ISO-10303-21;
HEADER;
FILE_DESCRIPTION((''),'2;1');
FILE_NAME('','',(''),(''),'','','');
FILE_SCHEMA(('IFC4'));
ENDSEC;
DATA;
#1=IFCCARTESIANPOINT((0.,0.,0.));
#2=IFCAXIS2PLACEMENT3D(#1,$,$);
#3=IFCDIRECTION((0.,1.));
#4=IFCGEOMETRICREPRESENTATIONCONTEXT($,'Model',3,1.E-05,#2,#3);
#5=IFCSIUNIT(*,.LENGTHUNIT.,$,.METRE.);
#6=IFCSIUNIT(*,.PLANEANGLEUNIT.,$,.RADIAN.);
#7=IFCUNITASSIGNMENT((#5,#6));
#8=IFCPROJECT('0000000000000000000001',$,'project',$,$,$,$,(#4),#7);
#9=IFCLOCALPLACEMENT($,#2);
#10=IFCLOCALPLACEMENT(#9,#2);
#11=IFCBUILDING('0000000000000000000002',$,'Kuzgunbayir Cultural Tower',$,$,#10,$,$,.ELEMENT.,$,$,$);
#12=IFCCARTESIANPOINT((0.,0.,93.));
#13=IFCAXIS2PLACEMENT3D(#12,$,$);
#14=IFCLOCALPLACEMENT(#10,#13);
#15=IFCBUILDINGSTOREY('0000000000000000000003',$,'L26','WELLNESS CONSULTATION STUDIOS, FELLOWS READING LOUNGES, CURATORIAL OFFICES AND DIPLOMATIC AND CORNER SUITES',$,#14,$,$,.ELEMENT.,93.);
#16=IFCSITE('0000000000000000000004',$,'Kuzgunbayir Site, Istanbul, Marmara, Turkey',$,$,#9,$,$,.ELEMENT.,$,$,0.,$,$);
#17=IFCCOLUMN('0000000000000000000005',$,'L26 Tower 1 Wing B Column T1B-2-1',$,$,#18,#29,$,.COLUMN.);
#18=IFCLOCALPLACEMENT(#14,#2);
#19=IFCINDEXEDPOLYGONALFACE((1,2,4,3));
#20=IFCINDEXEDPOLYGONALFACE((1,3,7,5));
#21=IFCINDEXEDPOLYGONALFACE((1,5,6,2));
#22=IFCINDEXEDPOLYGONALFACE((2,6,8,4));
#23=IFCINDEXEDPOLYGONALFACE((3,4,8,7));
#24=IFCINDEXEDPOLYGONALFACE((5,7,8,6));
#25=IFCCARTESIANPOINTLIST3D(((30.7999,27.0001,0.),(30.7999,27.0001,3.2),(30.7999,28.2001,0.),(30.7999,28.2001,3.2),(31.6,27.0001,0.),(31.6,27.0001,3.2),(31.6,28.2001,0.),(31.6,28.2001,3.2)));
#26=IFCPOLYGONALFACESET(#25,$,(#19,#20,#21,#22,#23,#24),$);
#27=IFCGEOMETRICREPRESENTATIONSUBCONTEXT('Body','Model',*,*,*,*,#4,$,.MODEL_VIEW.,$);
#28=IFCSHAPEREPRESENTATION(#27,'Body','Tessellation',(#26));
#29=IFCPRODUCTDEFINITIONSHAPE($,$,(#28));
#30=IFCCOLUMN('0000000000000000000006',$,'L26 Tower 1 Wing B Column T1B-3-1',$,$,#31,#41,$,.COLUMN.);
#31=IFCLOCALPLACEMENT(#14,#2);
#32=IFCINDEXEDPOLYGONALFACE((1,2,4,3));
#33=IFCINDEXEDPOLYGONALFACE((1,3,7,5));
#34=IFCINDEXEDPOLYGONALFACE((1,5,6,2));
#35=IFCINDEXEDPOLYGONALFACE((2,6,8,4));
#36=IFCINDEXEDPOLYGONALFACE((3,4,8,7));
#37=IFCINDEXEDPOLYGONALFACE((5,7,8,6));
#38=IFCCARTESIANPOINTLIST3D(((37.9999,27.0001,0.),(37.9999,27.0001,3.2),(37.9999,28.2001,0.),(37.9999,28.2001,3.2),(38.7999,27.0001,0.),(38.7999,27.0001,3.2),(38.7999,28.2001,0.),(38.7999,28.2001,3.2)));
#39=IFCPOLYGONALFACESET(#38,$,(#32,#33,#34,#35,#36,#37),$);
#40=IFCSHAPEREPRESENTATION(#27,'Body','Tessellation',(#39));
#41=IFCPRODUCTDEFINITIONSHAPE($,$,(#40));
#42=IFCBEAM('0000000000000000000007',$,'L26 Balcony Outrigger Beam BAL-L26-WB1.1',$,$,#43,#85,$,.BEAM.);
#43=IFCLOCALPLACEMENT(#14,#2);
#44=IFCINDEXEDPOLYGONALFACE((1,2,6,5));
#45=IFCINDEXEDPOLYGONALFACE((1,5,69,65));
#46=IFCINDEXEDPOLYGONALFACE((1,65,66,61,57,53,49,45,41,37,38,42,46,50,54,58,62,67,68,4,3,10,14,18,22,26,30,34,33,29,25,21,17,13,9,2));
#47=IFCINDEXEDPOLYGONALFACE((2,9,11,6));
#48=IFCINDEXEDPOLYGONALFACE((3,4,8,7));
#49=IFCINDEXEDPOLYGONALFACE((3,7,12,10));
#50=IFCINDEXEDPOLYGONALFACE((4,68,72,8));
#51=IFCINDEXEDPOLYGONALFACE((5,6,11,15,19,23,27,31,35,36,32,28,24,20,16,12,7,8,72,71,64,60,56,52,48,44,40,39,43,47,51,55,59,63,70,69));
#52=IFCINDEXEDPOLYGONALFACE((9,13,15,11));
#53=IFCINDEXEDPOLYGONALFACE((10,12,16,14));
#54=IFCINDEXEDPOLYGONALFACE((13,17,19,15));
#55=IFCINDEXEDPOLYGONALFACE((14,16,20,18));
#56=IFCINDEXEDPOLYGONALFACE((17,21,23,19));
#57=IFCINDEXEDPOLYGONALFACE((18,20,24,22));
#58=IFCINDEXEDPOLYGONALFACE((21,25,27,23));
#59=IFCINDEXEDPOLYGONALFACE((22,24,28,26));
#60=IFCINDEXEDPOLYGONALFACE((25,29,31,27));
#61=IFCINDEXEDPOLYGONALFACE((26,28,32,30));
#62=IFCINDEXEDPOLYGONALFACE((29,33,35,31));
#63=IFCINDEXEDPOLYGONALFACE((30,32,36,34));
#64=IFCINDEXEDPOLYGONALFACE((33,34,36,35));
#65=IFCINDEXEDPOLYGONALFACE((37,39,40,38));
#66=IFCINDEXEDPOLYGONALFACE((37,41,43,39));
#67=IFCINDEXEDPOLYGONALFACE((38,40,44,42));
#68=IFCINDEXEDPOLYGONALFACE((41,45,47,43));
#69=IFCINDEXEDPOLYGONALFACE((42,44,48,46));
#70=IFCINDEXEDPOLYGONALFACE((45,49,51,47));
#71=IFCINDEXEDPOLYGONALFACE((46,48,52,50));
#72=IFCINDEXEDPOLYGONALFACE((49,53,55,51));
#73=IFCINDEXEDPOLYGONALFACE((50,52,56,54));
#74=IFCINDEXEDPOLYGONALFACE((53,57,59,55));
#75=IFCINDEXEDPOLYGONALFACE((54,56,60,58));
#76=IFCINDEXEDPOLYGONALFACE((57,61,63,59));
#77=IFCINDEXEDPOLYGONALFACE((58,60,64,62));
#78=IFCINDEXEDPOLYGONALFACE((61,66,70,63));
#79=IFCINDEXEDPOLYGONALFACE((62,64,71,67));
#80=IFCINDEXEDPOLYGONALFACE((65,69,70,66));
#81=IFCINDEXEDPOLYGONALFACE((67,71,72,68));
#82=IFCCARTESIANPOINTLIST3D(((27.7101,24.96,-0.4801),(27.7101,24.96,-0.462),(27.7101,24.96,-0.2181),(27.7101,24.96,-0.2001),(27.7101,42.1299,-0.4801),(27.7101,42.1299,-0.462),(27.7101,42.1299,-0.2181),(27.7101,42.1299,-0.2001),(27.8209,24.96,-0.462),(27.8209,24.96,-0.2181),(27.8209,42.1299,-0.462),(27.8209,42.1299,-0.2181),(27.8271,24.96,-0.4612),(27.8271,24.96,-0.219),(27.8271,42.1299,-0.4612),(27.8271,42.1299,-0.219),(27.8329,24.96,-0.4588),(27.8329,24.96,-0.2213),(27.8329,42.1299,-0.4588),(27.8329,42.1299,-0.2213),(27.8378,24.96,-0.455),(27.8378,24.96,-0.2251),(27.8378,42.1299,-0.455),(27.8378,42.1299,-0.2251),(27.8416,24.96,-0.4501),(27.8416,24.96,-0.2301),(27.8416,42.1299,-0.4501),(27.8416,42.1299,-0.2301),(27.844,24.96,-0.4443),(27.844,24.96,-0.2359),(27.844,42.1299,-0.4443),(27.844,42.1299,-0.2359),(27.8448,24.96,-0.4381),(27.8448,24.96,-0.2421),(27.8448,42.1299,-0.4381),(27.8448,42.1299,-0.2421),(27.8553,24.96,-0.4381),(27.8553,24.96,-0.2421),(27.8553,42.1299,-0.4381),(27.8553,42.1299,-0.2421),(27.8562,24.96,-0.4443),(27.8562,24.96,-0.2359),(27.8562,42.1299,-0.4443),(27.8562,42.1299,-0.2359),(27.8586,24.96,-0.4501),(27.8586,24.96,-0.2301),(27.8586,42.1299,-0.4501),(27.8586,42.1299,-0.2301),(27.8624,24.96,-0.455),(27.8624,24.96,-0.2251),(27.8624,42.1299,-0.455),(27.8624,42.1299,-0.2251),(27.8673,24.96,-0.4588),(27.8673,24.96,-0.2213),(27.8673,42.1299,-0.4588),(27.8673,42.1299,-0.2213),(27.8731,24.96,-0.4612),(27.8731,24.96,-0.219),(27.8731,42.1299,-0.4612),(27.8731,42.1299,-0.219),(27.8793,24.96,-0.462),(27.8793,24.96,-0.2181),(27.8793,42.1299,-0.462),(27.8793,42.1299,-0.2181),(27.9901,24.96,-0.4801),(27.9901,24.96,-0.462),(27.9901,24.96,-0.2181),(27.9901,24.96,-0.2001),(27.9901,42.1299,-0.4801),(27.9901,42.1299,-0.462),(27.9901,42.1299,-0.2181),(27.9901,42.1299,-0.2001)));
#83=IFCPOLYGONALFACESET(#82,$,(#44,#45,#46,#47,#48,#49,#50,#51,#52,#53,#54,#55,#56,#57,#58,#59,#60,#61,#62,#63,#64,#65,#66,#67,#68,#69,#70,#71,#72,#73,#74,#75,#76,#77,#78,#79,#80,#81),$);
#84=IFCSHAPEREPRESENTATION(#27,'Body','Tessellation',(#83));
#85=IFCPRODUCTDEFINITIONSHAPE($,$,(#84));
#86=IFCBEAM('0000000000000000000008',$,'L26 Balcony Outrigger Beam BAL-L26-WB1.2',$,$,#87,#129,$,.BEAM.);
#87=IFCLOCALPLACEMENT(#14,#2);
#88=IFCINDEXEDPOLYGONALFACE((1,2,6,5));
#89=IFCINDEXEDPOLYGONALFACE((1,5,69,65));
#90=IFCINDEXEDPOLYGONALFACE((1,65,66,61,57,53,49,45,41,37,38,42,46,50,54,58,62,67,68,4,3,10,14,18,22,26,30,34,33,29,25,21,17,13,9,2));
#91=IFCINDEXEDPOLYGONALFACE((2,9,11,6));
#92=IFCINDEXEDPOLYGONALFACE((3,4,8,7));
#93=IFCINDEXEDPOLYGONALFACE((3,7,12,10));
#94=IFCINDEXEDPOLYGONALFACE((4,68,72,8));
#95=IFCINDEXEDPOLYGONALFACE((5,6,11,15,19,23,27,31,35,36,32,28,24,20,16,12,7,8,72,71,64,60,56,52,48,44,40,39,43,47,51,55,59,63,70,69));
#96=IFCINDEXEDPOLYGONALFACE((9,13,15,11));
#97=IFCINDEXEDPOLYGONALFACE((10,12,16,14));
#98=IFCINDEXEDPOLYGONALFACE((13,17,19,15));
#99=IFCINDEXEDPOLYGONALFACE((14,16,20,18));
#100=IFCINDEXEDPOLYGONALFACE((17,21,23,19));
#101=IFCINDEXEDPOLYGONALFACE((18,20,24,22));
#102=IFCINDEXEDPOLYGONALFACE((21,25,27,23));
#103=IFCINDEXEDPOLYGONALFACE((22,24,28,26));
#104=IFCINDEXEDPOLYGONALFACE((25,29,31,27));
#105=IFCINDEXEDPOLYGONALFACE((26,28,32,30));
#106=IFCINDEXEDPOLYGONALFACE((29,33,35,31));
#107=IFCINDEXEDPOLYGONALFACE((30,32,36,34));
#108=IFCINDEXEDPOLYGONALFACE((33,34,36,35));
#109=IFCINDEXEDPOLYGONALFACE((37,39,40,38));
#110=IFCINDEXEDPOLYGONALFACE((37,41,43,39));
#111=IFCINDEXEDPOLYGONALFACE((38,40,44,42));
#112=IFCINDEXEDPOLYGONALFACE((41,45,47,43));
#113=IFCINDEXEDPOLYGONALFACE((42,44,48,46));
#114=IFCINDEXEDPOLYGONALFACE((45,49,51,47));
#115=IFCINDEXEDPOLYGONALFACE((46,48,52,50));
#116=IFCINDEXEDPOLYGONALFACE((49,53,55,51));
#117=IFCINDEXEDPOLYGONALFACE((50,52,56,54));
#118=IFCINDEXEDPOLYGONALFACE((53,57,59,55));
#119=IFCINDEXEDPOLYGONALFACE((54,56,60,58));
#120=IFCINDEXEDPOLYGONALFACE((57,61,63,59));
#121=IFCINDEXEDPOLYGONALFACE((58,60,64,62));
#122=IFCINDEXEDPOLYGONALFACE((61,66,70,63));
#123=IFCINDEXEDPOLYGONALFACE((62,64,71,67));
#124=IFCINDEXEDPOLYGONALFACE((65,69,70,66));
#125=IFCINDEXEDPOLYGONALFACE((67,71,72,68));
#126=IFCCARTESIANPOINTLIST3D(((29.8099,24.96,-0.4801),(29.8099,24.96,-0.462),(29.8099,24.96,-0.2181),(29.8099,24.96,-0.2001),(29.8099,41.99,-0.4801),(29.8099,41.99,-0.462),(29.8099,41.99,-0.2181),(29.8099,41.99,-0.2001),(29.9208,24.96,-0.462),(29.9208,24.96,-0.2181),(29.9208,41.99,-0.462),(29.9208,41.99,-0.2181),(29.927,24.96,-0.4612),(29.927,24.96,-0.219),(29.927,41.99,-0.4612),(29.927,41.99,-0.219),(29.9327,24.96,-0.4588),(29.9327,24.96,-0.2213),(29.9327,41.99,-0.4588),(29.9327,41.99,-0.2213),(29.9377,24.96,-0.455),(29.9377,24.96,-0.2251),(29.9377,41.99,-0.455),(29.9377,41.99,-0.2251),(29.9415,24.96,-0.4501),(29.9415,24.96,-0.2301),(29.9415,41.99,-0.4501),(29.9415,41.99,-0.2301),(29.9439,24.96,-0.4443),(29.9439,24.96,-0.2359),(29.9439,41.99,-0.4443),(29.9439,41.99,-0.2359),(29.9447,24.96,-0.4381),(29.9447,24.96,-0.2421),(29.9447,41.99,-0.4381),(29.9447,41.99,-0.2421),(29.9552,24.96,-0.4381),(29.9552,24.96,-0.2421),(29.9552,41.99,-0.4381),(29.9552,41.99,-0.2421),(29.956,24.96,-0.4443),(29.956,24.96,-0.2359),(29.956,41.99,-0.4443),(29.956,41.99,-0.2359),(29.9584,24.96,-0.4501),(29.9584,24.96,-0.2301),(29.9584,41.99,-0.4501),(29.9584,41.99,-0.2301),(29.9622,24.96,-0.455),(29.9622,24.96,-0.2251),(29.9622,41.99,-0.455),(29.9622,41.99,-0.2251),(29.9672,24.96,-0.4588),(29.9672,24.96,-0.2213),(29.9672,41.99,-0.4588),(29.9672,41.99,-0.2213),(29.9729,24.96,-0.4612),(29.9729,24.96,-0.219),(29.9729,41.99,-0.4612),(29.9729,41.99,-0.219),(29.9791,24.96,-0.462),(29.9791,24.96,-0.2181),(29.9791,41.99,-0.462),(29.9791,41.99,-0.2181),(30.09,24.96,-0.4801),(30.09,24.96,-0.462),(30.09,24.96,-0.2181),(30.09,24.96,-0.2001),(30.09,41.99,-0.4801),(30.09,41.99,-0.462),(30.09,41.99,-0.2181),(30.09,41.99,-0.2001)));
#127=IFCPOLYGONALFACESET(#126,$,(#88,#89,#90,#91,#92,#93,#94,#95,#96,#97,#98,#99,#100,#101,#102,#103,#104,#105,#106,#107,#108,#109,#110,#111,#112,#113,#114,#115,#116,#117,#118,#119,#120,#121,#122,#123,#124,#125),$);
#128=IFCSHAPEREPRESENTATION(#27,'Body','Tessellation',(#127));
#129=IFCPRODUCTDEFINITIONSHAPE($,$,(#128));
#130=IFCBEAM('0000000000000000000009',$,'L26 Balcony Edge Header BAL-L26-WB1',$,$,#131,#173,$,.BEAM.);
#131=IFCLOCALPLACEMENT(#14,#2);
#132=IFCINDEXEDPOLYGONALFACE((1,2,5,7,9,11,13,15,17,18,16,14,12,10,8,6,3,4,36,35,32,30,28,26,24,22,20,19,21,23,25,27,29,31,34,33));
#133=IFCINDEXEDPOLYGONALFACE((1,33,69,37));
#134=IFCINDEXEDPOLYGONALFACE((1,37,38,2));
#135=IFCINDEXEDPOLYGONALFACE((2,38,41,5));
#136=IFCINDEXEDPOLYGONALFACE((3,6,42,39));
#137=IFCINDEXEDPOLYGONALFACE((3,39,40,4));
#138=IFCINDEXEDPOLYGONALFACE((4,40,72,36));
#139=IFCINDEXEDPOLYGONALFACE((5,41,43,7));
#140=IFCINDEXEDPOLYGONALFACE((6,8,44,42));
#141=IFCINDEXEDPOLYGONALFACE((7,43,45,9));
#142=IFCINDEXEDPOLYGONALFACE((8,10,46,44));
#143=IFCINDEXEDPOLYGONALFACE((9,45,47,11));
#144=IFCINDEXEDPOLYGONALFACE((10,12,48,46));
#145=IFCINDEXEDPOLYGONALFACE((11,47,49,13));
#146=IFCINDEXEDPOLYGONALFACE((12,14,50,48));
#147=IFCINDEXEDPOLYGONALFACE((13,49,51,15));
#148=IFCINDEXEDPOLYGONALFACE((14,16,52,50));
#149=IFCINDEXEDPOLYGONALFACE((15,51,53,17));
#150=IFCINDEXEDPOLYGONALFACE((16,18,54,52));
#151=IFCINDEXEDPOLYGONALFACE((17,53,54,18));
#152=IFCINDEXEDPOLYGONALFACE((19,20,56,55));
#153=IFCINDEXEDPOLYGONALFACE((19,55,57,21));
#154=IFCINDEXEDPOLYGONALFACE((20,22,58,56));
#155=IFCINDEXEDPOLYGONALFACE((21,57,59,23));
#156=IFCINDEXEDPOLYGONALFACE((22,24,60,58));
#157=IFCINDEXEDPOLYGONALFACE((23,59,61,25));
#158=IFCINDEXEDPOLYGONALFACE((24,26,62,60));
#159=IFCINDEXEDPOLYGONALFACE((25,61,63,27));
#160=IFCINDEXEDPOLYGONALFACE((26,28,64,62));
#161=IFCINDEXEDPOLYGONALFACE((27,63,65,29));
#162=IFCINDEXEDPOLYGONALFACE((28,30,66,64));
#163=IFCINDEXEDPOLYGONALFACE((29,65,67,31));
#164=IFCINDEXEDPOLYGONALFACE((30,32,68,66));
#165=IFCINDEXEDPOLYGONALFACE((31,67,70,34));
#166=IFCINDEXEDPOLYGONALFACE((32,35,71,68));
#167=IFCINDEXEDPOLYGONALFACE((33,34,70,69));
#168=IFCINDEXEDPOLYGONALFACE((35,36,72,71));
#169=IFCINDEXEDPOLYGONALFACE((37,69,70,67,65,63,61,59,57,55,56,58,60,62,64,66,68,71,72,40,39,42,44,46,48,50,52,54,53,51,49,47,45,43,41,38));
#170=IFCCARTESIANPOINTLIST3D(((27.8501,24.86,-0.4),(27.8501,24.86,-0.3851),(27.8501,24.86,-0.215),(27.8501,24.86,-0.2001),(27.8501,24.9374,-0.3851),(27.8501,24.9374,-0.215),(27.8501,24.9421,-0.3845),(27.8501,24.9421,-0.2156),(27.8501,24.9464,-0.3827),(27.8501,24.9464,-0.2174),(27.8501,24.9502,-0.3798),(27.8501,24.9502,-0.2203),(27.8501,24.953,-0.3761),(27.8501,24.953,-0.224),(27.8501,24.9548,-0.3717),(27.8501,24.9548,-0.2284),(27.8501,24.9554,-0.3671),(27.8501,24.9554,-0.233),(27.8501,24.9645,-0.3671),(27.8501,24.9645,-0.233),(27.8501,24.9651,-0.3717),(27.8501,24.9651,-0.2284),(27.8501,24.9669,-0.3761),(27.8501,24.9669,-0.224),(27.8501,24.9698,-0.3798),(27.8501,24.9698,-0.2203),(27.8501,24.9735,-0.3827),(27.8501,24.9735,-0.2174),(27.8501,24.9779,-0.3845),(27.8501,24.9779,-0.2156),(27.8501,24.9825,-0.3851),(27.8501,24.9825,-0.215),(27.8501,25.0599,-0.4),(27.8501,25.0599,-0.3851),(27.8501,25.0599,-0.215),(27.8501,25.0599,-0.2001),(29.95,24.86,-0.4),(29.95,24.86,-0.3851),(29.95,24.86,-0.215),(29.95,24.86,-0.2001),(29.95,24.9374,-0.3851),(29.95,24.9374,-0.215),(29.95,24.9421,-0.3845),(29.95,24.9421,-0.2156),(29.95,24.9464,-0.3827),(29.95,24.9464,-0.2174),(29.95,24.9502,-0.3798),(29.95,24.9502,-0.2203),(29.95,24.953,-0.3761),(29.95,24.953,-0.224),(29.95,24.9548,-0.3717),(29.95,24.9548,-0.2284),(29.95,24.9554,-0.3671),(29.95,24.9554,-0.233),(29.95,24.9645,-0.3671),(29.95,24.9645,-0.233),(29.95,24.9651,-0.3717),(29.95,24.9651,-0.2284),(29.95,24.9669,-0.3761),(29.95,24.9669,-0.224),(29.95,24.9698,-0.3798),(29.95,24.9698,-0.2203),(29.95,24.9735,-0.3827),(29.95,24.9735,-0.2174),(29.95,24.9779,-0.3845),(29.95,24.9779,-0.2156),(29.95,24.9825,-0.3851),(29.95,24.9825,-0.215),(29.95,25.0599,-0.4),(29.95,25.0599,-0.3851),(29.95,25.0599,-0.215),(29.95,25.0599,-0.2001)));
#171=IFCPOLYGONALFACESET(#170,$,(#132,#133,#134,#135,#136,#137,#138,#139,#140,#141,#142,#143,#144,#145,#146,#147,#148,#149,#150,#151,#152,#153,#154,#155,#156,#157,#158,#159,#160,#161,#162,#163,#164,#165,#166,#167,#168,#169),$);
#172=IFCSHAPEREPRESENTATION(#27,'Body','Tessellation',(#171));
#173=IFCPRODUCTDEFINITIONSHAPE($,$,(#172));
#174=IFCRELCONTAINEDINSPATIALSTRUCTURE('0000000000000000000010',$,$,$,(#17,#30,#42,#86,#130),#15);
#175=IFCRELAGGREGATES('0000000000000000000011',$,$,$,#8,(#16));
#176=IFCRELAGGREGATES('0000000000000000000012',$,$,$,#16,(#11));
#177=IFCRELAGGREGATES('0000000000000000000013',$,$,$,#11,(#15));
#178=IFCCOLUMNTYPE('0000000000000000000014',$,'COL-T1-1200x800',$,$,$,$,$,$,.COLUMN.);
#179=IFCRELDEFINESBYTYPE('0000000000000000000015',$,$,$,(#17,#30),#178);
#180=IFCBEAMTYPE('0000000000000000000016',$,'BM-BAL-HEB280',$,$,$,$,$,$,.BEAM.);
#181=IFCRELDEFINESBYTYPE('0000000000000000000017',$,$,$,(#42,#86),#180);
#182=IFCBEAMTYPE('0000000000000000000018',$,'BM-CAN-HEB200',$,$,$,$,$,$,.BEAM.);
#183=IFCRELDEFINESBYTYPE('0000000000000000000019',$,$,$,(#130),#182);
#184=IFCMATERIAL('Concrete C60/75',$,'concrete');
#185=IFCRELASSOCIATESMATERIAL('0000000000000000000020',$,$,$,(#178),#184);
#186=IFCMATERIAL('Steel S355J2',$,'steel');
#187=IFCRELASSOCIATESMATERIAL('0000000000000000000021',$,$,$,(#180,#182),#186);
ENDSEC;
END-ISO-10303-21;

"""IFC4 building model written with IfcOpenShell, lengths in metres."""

from ifc_helpers import new_model, si_unit, direction, frame, origin, origin_2d, place, context, subcontext, project, spatial, rectangle, i_section, extrude, material, material_profile, profile_set, type_object, element, save


model = new_model("IFC4")

# Units and contexts
model_context = context("Model", 3, precision=1e-05, world=origin(), true_north=direction((0.0, 1.0)))
body_context = subcontext(model_context, "Body", "Model", "MODEL_VIEW")
ifc_project = project(units=[si_unit("LENGTHUNIT", "METRE"), si_unit("PLANEANGLEUNIT", "RADIAN")], contexts=[model_context])

# Site, building, storey
site_placement = place(None, origin())
site = spatial("IfcSite", under=ifc_project, at=site_placement, Name="Kuzgunbayir Site, Istanbul, Marmara, Turkey", CompositionType="ELEMENT", RefElevation=0.0)
building_placement = place(site_placement, origin())
building = spatial("IfcBuilding", under=site, at=building_placement, Name="Kuzgunbayir Cultural Tower", CompositionType="ELEMENT")
storey_placement = place(building_placement, frame((0.0, 0.0, 93.0)))
storey = spatial("IfcBuildingStorey", under=building, at=storey_placement, Name="L26", Description="WELLNESS CONSULTATION STUDIOS, FELLOWS READING LOUNGES, CURATORIAL OFFICES AND DIPLOMATIC AND CORNER SUITES", CompositionType="ELEMENT", Elevation=93.0)

# Columns
ifc_material_1 = material(Name="Concrete C60/75", Category="concrete")
ifc_material_profile_1 = material_profile(ifc_material_1, rectangle(XDim=0.8, YDim=1.2, at=origin_2d()), Name="RC 1200x800")
ifc_profile_set_1 = profile_set([ifc_material_profile_1], Name="Concrete C60/75")
column_type = type_object("IfcColumnType", Name="COL-T1-1200x800", PredefinedType="COLUMN", material=ifc_profile_set_1)
for number, where, z_axis, x_axis, name in (
    (1, (31.2, 27.6001, 0.0), (0.0, 0.0, 1.0), (1.0, 0.0, 0.0), "L26 Tower 1 Wing B Column T1B-2-1"),
    (2, (38.3999, 27.6001, 0.0), (0.0, 0.0, 1.0), (1.0, 0.0, 0.0), "L26 Tower 1 Wing B Column T1B-3-1"),
):
    element("IfcColumn", number, at=place(storey_placement, frame(where, z_axis=z_axis, x_axis=x_axis)), inside=storey, type_object=column_type, Name=name, PredefinedType="COLUMN", context=body_context, shape_type="SweptSolid", body=[
        extrude(rectangle(XDim=0.8, YDim=1.2, at=origin_2d()), origin(), (0.0, 0.0, 1.0), 3.2),
    ])

# Beams
ifc_material_2 = material(Name="Steel S355J2", Category="steel")
ifc_material_profile_2 = material_profile(ifc_material_2, i_section(OverallWidth=0.28, OverallDepth=0.28, WebThickness=0.0105, FlangeThickness=0.0181, FilletRadius=0.0239, at=origin_2d()), Name="HEB 280")
ifc_profile_set_2 = profile_set([ifc_material_profile_2], Name="Steel S355J2")
beam_type_1 = type_object("IfcBeamType", Name="BM-BAL-HEB280", PredefinedType="BEAM", material=ifc_profile_set_2)
beam_1_placement = place(storey_placement, frame((27.8501, 24.96, -0.3401), z_axis=(0.0, 1.0, 0.0), x_axis=(-1.0, 0.0, 0.0)))
element("IfcBeam", 3, at=beam_1_placement, inside=storey, type_object=beam_type_1, Name="L26 Balcony Outrigger Beam BAL-L26-WB1.1", PredefinedType="BEAM", context=body_context, shape_type="SweptSolid", body=[
    extrude(i_section(OverallWidth=0.28, OverallDepth=0.28, WebThickness=0.0105, FlangeThickness=0.0181, FilletRadius=0.0239, at=origin_2d()), origin(), (0.0, 0.0, 1.0), 17.1699),
])
beam_2_placement = place(storey_placement, frame((29.95, 24.96, -0.3401), z_axis=(0.0, 1.0, 0.0), x_axis=(-1.0, 0.0, 0.0)))
element("IfcBeam", 4, at=beam_2_placement, inside=storey, type_object=beam_type_1, Name="L26 Balcony Outrigger Beam BAL-L26-WB1.2", PredefinedType="BEAM", context=body_context, shape_type="SweptSolid", body=[
    extrude(i_section(OverallWidth=0.28, OverallDepth=0.28, WebThickness=0.0105, FlangeThickness=0.0181, FilletRadius=0.0239, at=origin_2d()), origin(), (0.0, 0.0, 1.0), 17.03),
])
ifc_material_profile_3 = material_profile(ifc_material_2, i_section(OverallWidth=0.2, OverallDepth=0.2, WebThickness=0.009, FlangeThickness=0.0149, FilletRadius=0.0181, at=origin_2d()), Name="HEB 200")
ifc_profile_set_3 = profile_set([ifc_material_profile_3], Name="Steel S355J2")
beam_type_2 = type_object("IfcBeamType", Name="BM-CAN-HEB200", PredefinedType="BEAM", material=ifc_profile_set_3)
beam_3_placement = place(storey_placement, frame((27.8501, 24.96, -0.3), z_axis=(1.0, 0.0, 0.0), x_axis=(0.0, 1.0, 0.0)))
element("IfcBeam", 5, at=beam_3_placement, inside=storey, type_object=beam_type_2, Name="L26 Balcony Edge Header BAL-L26-WB1", PredefinedType="BEAM", context=body_context, shape_type="SweptSolid", body=[
    extrude(i_section(OverallWidth=0.2, OverallDepth=0.2, WebThickness=0.009, FlangeThickness=0.0149, FilletRadius=0.0181, at=origin_2d()), origin(), (0.0, 0.0, 1.0), 2.0999),
])

save(model, "model.ifc")
